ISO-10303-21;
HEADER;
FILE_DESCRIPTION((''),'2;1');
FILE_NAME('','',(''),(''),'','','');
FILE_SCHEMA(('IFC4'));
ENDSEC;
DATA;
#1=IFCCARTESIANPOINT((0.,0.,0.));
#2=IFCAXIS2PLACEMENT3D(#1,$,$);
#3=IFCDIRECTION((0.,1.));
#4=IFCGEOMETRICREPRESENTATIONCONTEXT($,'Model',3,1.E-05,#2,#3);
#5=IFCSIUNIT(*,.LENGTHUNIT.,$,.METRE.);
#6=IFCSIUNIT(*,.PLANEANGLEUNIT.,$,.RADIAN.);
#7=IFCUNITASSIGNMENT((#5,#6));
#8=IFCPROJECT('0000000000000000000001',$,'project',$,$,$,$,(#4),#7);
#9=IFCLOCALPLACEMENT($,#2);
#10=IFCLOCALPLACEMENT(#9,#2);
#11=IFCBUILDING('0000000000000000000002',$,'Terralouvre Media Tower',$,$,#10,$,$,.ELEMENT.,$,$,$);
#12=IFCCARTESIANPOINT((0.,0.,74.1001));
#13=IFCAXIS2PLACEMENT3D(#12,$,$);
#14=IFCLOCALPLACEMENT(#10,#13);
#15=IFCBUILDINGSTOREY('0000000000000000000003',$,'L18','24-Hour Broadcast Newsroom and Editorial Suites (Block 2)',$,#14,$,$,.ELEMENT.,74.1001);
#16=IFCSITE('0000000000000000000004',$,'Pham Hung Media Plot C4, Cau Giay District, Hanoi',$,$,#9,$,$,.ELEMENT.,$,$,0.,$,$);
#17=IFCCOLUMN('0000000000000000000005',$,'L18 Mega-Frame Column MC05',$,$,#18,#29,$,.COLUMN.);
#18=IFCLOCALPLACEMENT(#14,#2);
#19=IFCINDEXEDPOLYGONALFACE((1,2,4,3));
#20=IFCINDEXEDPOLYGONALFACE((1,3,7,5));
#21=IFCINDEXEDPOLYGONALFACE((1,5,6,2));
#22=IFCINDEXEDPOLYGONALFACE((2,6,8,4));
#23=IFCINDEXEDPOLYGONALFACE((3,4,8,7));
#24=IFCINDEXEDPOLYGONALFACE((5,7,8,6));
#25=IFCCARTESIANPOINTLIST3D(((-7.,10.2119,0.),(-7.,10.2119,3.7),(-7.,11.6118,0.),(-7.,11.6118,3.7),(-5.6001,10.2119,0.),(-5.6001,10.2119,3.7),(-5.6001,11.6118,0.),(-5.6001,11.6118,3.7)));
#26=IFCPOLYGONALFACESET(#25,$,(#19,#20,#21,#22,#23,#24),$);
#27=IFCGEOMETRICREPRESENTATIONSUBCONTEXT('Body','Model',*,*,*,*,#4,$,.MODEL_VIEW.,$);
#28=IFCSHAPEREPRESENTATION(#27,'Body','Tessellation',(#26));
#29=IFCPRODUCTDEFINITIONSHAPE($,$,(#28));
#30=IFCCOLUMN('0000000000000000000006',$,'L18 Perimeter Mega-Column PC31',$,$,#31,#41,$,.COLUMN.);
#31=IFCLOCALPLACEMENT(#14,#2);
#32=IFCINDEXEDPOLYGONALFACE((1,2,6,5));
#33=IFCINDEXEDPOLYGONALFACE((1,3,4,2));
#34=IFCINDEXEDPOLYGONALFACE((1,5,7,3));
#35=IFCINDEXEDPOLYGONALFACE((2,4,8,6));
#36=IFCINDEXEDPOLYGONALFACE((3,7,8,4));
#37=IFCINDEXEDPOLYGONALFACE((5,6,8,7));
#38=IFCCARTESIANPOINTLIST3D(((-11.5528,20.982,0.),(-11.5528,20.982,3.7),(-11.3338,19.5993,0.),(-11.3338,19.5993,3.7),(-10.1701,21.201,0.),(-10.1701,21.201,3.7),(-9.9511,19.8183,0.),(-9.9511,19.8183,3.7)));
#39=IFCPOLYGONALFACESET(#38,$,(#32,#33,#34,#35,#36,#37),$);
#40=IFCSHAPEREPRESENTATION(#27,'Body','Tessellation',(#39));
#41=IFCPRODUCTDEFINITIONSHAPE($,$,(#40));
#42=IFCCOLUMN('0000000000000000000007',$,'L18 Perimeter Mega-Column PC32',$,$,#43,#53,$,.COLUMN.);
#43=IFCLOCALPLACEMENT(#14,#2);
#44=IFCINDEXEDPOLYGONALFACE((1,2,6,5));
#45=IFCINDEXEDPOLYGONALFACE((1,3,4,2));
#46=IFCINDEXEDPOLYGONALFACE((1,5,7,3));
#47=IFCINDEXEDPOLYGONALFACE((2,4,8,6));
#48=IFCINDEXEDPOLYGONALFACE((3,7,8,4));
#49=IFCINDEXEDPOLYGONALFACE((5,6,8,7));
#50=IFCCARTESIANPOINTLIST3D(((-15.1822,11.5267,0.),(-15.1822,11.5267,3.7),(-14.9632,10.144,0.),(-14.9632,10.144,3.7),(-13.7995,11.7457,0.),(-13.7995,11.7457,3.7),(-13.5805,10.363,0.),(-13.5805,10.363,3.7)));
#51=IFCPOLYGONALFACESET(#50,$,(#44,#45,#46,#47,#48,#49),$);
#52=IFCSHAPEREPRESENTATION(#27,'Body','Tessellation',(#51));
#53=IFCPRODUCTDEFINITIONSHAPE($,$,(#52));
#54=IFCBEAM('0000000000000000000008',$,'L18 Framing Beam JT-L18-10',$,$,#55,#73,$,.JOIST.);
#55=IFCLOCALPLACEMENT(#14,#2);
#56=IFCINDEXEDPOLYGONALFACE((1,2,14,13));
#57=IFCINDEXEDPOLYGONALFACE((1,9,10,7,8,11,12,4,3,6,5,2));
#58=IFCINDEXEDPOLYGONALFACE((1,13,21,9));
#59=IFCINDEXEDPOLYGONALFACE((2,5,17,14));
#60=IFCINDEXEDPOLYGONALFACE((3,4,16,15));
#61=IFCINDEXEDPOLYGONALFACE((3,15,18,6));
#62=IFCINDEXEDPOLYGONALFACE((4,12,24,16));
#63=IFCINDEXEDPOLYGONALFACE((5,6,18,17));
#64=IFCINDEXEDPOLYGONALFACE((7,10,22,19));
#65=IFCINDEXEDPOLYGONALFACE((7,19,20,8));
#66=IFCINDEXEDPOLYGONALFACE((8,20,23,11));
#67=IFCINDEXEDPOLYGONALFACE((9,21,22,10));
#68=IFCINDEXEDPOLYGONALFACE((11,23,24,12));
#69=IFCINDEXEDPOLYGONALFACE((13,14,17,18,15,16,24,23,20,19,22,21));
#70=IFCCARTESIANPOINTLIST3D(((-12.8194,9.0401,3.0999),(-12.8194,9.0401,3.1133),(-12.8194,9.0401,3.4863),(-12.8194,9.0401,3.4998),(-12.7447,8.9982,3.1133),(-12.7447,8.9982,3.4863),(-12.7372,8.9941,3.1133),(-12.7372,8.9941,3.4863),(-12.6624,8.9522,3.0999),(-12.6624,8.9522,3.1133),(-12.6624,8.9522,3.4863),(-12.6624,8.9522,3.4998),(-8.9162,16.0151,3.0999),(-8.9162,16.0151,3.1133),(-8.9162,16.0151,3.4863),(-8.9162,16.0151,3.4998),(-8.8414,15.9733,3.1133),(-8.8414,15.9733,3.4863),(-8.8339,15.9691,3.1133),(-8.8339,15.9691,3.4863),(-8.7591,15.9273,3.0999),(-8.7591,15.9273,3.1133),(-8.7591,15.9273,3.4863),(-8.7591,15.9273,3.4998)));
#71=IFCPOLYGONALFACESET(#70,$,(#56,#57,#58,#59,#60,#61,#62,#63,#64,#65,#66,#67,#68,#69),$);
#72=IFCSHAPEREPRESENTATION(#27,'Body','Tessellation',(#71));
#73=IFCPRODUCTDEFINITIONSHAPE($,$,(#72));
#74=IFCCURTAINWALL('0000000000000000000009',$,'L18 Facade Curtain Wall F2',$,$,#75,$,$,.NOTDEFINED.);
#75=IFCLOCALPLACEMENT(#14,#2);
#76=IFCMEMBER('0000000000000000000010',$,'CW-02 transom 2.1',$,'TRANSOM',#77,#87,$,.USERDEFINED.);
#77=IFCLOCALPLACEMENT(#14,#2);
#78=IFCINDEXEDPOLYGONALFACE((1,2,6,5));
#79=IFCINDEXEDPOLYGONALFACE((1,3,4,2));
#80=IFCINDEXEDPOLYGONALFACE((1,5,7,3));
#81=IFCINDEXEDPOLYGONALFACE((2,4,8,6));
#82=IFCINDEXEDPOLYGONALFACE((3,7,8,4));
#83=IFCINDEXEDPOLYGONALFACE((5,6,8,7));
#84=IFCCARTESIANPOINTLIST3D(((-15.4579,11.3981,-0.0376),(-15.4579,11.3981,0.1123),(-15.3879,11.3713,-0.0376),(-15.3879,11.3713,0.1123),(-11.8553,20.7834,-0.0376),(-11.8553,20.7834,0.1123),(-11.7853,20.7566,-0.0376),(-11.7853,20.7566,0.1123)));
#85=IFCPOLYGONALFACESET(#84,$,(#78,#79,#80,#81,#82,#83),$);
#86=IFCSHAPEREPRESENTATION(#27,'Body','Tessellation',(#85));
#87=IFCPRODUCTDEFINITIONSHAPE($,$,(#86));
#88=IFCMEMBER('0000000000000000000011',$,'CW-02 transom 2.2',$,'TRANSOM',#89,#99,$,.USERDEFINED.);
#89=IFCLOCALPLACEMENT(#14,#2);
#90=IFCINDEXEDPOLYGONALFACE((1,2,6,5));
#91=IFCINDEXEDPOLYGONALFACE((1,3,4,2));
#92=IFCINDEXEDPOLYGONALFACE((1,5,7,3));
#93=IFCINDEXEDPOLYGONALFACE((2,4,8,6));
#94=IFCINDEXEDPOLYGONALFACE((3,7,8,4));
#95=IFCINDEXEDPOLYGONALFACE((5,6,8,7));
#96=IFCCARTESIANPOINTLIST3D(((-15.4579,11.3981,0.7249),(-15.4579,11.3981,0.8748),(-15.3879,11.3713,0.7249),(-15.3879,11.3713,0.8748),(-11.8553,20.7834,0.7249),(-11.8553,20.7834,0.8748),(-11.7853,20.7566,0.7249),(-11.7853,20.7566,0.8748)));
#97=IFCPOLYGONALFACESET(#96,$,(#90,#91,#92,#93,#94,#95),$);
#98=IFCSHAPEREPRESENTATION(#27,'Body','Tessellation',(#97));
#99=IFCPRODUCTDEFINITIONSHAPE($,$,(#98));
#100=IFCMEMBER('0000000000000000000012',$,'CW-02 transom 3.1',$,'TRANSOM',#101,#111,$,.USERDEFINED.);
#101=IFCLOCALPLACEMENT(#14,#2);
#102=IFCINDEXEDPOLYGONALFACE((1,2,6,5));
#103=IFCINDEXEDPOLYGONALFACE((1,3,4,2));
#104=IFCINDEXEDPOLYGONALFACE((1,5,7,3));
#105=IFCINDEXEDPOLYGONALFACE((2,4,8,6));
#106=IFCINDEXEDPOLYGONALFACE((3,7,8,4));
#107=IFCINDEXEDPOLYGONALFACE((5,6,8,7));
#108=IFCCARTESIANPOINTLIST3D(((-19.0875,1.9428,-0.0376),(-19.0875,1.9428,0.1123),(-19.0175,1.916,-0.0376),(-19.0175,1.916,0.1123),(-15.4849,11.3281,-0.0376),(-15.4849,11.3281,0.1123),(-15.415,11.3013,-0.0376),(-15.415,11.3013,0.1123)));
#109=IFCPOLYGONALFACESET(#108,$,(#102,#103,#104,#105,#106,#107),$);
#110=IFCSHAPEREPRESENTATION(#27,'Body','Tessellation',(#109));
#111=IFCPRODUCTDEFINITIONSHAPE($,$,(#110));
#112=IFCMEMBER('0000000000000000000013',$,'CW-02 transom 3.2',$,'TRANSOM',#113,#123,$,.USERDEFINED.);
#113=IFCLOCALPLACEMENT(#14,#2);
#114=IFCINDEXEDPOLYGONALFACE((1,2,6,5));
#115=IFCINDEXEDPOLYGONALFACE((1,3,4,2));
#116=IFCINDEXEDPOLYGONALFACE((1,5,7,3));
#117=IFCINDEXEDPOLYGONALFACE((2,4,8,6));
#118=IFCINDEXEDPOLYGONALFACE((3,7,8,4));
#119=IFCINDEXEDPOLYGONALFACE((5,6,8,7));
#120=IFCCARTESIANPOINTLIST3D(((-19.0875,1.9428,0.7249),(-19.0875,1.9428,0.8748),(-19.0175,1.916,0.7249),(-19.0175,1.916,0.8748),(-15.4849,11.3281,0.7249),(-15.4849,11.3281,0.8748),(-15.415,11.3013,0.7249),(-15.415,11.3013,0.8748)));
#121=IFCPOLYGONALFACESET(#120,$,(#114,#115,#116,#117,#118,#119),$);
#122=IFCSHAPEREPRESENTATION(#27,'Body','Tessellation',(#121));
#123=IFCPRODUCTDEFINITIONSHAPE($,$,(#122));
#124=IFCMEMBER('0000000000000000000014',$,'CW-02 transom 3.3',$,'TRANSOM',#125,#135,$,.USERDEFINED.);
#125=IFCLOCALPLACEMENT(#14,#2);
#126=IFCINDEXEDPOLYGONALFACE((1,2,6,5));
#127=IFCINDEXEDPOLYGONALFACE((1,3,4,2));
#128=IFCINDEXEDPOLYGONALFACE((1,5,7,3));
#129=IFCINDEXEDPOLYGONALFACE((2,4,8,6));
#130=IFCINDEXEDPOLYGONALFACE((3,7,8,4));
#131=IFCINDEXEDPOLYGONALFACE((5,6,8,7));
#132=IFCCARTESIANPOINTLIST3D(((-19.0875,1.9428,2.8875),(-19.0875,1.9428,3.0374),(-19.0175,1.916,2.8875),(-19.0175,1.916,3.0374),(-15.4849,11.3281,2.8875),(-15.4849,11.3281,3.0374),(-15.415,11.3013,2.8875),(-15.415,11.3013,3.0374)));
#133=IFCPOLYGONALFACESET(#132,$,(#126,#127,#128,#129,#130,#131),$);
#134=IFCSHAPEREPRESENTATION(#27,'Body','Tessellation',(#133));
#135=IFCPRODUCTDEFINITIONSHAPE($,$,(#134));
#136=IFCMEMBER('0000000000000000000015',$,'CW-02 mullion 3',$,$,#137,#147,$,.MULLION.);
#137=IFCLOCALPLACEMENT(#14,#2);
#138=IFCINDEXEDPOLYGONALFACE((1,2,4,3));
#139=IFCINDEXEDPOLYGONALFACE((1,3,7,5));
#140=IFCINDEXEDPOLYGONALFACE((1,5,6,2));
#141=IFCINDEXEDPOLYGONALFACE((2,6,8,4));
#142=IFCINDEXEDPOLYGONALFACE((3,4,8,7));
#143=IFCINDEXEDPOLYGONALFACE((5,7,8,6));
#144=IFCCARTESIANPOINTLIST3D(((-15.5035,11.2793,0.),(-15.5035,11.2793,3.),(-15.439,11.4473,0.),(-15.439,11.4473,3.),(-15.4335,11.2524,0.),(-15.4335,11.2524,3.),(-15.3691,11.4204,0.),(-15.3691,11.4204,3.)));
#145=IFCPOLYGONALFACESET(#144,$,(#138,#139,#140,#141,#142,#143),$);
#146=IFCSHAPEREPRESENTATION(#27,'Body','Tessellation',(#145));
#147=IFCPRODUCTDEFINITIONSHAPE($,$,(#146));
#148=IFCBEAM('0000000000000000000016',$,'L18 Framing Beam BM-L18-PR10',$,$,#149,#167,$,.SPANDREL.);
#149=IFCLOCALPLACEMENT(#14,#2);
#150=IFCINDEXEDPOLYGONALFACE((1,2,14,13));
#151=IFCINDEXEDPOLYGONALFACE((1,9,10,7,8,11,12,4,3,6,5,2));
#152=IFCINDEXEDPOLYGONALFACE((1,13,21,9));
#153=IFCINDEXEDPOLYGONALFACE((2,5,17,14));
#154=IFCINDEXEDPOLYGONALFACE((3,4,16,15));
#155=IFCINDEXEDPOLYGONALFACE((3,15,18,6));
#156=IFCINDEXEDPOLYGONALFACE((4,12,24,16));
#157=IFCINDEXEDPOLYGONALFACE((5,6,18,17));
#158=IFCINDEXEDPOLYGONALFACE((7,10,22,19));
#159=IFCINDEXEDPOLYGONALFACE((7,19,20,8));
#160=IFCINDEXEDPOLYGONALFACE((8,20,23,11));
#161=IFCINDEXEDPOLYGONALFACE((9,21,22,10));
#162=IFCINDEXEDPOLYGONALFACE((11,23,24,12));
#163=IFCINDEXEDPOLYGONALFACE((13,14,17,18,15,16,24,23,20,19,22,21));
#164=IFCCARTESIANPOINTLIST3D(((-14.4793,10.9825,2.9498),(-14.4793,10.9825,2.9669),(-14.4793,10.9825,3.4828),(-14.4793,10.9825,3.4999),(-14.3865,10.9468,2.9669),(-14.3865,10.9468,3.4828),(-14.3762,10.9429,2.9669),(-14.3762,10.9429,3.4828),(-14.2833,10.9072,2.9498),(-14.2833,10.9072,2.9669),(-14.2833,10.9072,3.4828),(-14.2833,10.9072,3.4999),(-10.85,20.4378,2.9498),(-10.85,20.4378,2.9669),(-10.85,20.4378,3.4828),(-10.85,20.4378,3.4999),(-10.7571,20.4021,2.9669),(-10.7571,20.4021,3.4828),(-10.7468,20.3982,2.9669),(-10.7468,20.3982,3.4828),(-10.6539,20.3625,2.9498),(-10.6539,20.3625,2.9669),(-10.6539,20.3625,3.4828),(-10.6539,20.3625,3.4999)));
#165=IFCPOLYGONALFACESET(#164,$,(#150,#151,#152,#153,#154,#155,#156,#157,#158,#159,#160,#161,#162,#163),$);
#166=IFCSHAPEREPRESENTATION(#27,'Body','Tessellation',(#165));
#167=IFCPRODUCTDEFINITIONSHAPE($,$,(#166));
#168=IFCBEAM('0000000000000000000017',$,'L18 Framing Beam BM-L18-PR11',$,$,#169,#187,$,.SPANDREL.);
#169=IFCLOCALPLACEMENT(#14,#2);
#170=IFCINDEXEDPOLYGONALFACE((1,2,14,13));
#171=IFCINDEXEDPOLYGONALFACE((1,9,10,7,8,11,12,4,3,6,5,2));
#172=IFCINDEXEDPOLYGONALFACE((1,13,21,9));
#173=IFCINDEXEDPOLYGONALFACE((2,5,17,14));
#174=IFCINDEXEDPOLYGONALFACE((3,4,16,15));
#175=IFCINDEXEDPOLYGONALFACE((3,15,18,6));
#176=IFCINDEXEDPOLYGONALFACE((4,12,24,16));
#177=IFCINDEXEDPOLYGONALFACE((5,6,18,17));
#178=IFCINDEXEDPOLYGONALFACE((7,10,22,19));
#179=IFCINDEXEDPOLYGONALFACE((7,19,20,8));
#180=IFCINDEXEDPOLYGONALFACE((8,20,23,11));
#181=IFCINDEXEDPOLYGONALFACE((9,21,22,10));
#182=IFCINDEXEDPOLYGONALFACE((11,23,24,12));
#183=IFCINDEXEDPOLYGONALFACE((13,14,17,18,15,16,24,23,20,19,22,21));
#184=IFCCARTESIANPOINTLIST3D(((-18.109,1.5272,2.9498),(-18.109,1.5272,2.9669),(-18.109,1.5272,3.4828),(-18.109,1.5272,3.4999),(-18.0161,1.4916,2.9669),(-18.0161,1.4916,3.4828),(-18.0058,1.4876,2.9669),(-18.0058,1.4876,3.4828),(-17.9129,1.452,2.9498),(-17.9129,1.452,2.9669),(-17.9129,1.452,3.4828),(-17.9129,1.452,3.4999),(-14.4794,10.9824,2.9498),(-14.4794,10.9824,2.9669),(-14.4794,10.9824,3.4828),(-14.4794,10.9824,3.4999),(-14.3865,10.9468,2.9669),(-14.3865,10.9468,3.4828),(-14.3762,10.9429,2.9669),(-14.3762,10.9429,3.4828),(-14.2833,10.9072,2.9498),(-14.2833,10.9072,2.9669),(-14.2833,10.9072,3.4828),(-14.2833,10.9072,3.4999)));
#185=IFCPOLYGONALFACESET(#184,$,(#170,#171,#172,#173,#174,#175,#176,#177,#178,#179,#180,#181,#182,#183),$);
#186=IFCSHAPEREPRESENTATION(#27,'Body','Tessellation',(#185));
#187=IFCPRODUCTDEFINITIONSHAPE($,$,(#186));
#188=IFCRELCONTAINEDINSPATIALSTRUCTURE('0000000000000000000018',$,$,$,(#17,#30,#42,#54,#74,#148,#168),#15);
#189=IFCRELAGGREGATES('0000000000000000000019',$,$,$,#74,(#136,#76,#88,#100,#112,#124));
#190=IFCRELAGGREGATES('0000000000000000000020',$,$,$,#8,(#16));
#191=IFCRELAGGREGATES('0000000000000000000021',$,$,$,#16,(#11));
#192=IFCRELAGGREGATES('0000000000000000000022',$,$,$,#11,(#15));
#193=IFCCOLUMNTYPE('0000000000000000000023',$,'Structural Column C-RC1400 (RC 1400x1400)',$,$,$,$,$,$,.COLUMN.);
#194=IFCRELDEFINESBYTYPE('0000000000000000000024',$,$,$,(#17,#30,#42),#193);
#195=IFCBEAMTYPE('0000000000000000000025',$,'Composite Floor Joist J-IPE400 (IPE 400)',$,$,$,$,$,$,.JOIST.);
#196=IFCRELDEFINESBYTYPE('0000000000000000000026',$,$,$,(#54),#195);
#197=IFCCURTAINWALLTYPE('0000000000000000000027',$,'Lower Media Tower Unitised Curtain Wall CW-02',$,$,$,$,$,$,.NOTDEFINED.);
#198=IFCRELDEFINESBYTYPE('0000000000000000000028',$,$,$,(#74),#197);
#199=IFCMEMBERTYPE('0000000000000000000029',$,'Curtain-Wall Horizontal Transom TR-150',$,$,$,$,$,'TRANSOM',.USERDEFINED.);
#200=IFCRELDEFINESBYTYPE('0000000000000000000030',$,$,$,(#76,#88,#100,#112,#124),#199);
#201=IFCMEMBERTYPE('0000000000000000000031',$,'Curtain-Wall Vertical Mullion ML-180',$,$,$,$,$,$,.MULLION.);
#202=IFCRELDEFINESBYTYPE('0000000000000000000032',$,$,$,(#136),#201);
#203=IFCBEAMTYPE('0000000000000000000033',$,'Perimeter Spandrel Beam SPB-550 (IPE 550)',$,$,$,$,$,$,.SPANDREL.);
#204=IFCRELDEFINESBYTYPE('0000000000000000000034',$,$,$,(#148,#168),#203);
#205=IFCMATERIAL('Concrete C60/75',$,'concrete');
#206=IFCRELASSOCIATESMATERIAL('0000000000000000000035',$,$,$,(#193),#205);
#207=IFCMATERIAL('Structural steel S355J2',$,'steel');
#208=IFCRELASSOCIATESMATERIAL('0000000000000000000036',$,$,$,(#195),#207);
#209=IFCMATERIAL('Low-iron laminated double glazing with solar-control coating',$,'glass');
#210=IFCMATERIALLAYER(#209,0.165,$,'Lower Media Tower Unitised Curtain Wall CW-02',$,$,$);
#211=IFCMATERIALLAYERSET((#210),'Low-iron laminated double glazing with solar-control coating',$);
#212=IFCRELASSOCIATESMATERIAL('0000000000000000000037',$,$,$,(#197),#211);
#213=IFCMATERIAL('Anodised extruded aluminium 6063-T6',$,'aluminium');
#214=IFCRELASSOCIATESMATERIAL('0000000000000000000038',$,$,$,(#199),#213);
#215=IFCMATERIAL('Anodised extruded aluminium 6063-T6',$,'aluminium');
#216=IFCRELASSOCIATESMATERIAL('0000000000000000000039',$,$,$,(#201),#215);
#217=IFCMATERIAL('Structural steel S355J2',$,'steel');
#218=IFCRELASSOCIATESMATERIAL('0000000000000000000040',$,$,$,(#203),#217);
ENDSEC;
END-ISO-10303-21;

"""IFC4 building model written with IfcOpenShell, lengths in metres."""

from ifc_helpers import new_model, si_unit, direction, frame, origin, origin_2d, place, context, subcontext, project, spatial, rectangle, i_section, extrude, material, layer, layer_set, material_profile, profile_set, type_object, element, aggregate, save


model = new_model("IFC4")

# Units and contexts
model_context = context("Model", 3, precision=1e-05, world=origin(), true_north=direction((0.0, 1.0)))
body_context = subcontext(model_context, "Body", "Model", "MODEL_VIEW")
ifc_project = project(units=[si_unit("LENGTHUNIT", "METRE"), si_unit("PLANEANGLEUNIT", "RADIAN")], contexts=[model_context])

# Site, building, storey
site_placement = place(None, origin())
site = spatial("IfcSite", under=ifc_project, at=site_placement, Name="Pham Hung Media Plot C4, Cau Giay District, Hanoi", CompositionType="ELEMENT", RefElevation=0.0)
building_placement = place(site_placement, origin())
building = spatial("IfcBuilding", under=site, at=building_placement, Name="Terralouvre Media Tower", CompositionType="ELEMENT")
storey_placement = place(building_placement, frame((0.0, 0.0, 74.1001)))
storey = spatial("IfcBuildingStorey", under=building, at=storey_placement, Name="L18", Description="24-Hour Broadcast Newsroom and Editorial Suites (Block 2)", CompositionType="ELEMENT", Elevation=74.1001)

# Columns
ifc_material_1 = material(Name="Concrete C60/75", Category="concrete")
ifc_material_profile_1 = material_profile(ifc_material_1, rectangle(XDim=1.3999, YDim=1.3999, at=origin_2d()), Name="RC 1400x1400")
ifc_profile_set_1 = profile_set([ifc_material_profile_1], Name="Concrete C60/75")
column_type = type_object("IfcColumnType", Name="Structural Column C-RC1400 (RC 1400x1400)", PredefinedType="COLUMN", material=ifc_profile_set_1)
for number, where, z_axis, x_axis, name in (
    (1, (-6.3, 10.9119, 0.0), (0.0, 0.0, 1.0), (1.0, 0.0, 0.0), "L18 Mega-Frame Column MC05"),
    (2, (-10.752, 20.4001, 0.0), (0.0, 0.0, 1.0), (0.987688, 0.156434, 0.0), "L18 Perimeter Mega-Column PC31"),
    (3, (-14.3813, 10.9448, 0.0), (0.0, 0.0, 1.0), (0.987688, 0.156434, 0.0), "L18 Perimeter Mega-Column PC32"),
):
    element("IfcColumn", number, at=place(storey_placement, frame(where, z_axis=z_axis, x_axis=x_axis)), inside=storey, type_object=column_type, Name=name, PredefinedType="COLUMN", context=body_context, shape_type="SweptSolid", body=[
        extrude(rectangle(XDim=1.3999, YDim=1.3999, at=origin_2d()), origin(), (0.0, 0.0, 1.0), 3.7),
    ])

# Beam
ifc_material_2 = material(Name="Structural steel S355J2", Category="steel")
ifc_material_profile_2 = material_profile(ifc_material_2, i_section(OverallWidth=0.1799, OverallDepth=0.3999, WebThickness=0.0085, FlangeThickness=0.0134, at=origin_2d()), Name="IPE 400")
ifc_profile_set_2 = profile_set([ifc_material_profile_2], Name="Structural steel S355J2")
beam_type_1 = type_object("IfcBeamType", Name="Composite Floor Joist J-IPE400 (IPE 400)", PredefinedType="JOIST", material=ifc_profile_set_2)
beam_1_placement = place(storey_placement, frame((-8.8376, 15.9712, 3.2998), z_axis=(-0.488343, -0.872652, 0.0), x_axis=(0.872652, -0.488343, 0.0)))
element("IfcBeam", 4, at=beam_1_placement, inside=storey, type_object=beam_type_1, Name="L18 Framing Beam JT-L18-10", PredefinedType="JOIST", context=body_context, shape_type="SweptSolid", body=[
    extrude(i_section(OverallWidth=0.1799, OverallDepth=0.3999, WebThickness=0.0085, FlangeThickness=0.0134, at=origin_2d()), origin(), (0.0, 0.0, 1.0), 7.9929),
])

# Curtain wall, members
ifc_material_3 = material(Name="Low-iron laminated double glazing with solar-control coating", Category="glass")
ifc_layer_1 = layer(ifc_material_3, 0.165, Name="Lower Media Tower Unitised Curtain Wall CW-02")
ifc_layer_set_1 = layer_set([ifc_layer_1], Name="Low-iron laminated double glazing with solar-control coating")
curtain_wall_type = type_object("IfcCurtainWallType", Name="Lower Media Tower Unitised Curtain Wall CW-02", PredefinedType="NOTDEFINED", material=ifc_layer_set_1)
curtain_wall_placement = place(storey_placement, origin())
curtain_wall = element("IfcCurtainWall", 5, at=curtain_wall_placement, inside=storey, type_object=curtain_wall_type, Name="L18 Facade Curtain Wall F2", PredefinedType="NOTDEFINED")
ifc_material_4 = material(Name="Anodised extruded aluminium 6063-T6", Category="aluminium")
ifc_material_profile_3 = material_profile(ifc_material_4, rectangle(XDim=0.075, YDim=0.1499, at=origin_2d()), Name="ALU 75x150")
ifc_profile_set_3 = profile_set([ifc_material_profile_3], Name="Anodised extruded aluminium 6063-T6")
member_type_1 = type_object("IfcMemberType", Name="Curtain-Wall Horizontal Transom TR-150", ElementType="TRANSOM", PredefinedType="USERDEFINED", material=ifc_profile_set_3)
member_1_placement = place(storey_placement, frame((-11.8203, 20.77, 0.0374), z_axis=(-0.358357, -0.933584, 0.0), x_axis=(0.933584, -0.358357, 0.0)))
member_1 = element("IfcMember", 6, at=member_1_placement, type_object=member_type_1, Name="CW-02 transom 2.1", ObjectType="TRANSOM", PredefinedType="USERDEFINED", context=body_context, shape_type="SweptSolid", body=[
    extrude(rectangle(XDim=0.075, YDim=0.1499, at=origin_2d()), origin(), (0.0, 0.0, 1.0), 10.053),
])
member_2_placement = place(storey_placement, frame((-11.8203, 20.77, 0.7998), z_axis=(-0.358357, -0.933584, 0.0), x_axis=(0.933584, -0.358357, 0.0)))
member_2 = element("IfcMember", 7, at=member_2_placement, type_object=member_type_1, Name="CW-02 transom 2.2", ObjectType="TRANSOM", PredefinedType="USERDEFINED", context=body_context, shape_type="SweptSolid", body=[
    extrude(rectangle(XDim=0.075, YDim=0.1499, at=origin_2d()), origin(), (0.0, 0.0, 1.0), 10.053),
])
member_3_placement = place(storey_placement, frame((-15.45, 11.3147, 0.0374), z_axis=(-0.358357, -0.933584, 0.0), x_axis=(0.933584, -0.358357, 0.0)))
member_3 = element("IfcMember", 8, at=member_3_placement, type_object=member_type_1, Name="CW-02 transom 3.1", ObjectType="TRANSOM", PredefinedType="USERDEFINED", context=body_context, shape_type="SweptSolid", body=[
    extrude(rectangle(XDim=0.075, YDim=0.1499, at=origin_2d()), origin(), (0.0, 0.0, 1.0), 10.053),
])
member_4_placement = place(storey_placement, frame((-15.45, 11.3147, 0.7998), z_axis=(-0.358357, -0.933584, 0.0), x_axis=(0.933584, -0.358357, 0.0)))
member_4 = element("IfcMember", 9, at=member_4_placement, type_object=member_type_1, Name="CW-02 transom 3.2", ObjectType="TRANSOM", PredefinedType="USERDEFINED", context=body_context, shape_type="SweptSolid", body=[
    extrude(rectangle(XDim=0.075, YDim=0.1499, at=origin_2d()), origin(), (0.0, 0.0, 1.0), 10.053),
])
member_5_placement = place(storey_placement, frame((-15.45, 11.3147, 2.9624), z_axis=(-0.358357, -0.933584, 0.0), x_axis=(0.933584, -0.358357, 0.0)))
member_5 = element("IfcMember", 10, at=member_5_placement, type_object=member_type_1, Name="CW-02 transom 3.3", ObjectType="TRANSOM", PredefinedType="USERDEFINED", context=body_context, shape_type="SweptSolid", body=[
    extrude(rectangle(XDim=0.075, YDim=0.1499, at=origin_2d()), origin(), (0.0, 0.0, 1.0), 10.053),
])
ifc_material_5 = material(Name="Anodised extruded aluminium 6063-T6", Category="aluminium")
ifc_material_profile_4 = material_profile(ifc_material_5, rectangle(XDim=0.075, YDim=0.1799, at=origin_2d()), Name="ALU 75x180")
ifc_profile_set_4 = profile_set([ifc_material_profile_4], Name="Anodised extruded aluminium 6063-T6")
member_type_2 = type_object("IfcMemberType", Name="Curtain-Wall Vertical Mullion ML-180", PredefinedType="MULLION", material=ifc_profile_set_4)
member_6_placement = place(storey_placement, frame((-15.4363, 11.3499, 0.0), z_axis=(0.0, 0.0, 1.0), x_axis=(0.93358, -0.358368, 0.0)))
member_6 = element("IfcMember", 11, at=member_6_placement, type_object=member_type_2, Name="CW-02 mullion 3", PredefinedType="MULLION", context=body_context, shape_type="SweptSolid", body=[
    extrude(rectangle(XDim=0.075, YDim=0.1799, at=origin_2d()), origin(), (0.0, 0.0, 1.0), 3.0),
])

# Beams
ifc_material_6 = material(Name="Structural steel S355J2", Category="steel")
ifc_material_profile_5 = material_profile(ifc_material_6, i_section(OverallWidth=0.21, OverallDepth=0.55, WebThickness=0.011, FlangeThickness=0.0171, at=origin_2d()), Name="IPE 550")
ifc_profile_set_5 = profile_set([ifc_material_profile_5], Name="Structural steel S355J2")
beam_type_2 = type_object("IfcBeamType", Name="Perimeter Spandrel Beam SPB-550 (IPE 550)", PredefinedType="SPANDREL", material=ifc_profile_set_5)
for number, where, z_axis, x_axis, name in (
    (12, (-10.752, 20.4001, 3.2249), (-0.358354, -0.933586, 0.0), (0.933586, -0.358354, 0.0), "L18 Framing Beam BM-L18-PR10"),
    (13, (-14.3813, 10.9448, 3.2249), (-0.358375, -0.933578, 0.0), (0.933578, -0.358375, 0.0), "L18 Framing Beam BM-L18-PR11"),
):
    element("IfcBeam", number, at=place(storey_placement, frame(where, z_axis=z_axis, x_axis=x_axis)), inside=storey, type_object=beam_type_2, Name=name, PredefinedType="SPANDREL", context=body_context, shape_type="SweptSolid", body=[
        extrude(i_section(OverallWidth=0.21, OverallDepth=0.55, WebThickness=0.011, FlangeThickness=0.0171, at=origin_2d()), origin(), (0.0, 0.0, 1.0), 10.1279),
    ])

aggregate(curtain_wall, [member_6, member_1, member_2, member_3, member_4, member_5])

save(model, "model.ifc")
